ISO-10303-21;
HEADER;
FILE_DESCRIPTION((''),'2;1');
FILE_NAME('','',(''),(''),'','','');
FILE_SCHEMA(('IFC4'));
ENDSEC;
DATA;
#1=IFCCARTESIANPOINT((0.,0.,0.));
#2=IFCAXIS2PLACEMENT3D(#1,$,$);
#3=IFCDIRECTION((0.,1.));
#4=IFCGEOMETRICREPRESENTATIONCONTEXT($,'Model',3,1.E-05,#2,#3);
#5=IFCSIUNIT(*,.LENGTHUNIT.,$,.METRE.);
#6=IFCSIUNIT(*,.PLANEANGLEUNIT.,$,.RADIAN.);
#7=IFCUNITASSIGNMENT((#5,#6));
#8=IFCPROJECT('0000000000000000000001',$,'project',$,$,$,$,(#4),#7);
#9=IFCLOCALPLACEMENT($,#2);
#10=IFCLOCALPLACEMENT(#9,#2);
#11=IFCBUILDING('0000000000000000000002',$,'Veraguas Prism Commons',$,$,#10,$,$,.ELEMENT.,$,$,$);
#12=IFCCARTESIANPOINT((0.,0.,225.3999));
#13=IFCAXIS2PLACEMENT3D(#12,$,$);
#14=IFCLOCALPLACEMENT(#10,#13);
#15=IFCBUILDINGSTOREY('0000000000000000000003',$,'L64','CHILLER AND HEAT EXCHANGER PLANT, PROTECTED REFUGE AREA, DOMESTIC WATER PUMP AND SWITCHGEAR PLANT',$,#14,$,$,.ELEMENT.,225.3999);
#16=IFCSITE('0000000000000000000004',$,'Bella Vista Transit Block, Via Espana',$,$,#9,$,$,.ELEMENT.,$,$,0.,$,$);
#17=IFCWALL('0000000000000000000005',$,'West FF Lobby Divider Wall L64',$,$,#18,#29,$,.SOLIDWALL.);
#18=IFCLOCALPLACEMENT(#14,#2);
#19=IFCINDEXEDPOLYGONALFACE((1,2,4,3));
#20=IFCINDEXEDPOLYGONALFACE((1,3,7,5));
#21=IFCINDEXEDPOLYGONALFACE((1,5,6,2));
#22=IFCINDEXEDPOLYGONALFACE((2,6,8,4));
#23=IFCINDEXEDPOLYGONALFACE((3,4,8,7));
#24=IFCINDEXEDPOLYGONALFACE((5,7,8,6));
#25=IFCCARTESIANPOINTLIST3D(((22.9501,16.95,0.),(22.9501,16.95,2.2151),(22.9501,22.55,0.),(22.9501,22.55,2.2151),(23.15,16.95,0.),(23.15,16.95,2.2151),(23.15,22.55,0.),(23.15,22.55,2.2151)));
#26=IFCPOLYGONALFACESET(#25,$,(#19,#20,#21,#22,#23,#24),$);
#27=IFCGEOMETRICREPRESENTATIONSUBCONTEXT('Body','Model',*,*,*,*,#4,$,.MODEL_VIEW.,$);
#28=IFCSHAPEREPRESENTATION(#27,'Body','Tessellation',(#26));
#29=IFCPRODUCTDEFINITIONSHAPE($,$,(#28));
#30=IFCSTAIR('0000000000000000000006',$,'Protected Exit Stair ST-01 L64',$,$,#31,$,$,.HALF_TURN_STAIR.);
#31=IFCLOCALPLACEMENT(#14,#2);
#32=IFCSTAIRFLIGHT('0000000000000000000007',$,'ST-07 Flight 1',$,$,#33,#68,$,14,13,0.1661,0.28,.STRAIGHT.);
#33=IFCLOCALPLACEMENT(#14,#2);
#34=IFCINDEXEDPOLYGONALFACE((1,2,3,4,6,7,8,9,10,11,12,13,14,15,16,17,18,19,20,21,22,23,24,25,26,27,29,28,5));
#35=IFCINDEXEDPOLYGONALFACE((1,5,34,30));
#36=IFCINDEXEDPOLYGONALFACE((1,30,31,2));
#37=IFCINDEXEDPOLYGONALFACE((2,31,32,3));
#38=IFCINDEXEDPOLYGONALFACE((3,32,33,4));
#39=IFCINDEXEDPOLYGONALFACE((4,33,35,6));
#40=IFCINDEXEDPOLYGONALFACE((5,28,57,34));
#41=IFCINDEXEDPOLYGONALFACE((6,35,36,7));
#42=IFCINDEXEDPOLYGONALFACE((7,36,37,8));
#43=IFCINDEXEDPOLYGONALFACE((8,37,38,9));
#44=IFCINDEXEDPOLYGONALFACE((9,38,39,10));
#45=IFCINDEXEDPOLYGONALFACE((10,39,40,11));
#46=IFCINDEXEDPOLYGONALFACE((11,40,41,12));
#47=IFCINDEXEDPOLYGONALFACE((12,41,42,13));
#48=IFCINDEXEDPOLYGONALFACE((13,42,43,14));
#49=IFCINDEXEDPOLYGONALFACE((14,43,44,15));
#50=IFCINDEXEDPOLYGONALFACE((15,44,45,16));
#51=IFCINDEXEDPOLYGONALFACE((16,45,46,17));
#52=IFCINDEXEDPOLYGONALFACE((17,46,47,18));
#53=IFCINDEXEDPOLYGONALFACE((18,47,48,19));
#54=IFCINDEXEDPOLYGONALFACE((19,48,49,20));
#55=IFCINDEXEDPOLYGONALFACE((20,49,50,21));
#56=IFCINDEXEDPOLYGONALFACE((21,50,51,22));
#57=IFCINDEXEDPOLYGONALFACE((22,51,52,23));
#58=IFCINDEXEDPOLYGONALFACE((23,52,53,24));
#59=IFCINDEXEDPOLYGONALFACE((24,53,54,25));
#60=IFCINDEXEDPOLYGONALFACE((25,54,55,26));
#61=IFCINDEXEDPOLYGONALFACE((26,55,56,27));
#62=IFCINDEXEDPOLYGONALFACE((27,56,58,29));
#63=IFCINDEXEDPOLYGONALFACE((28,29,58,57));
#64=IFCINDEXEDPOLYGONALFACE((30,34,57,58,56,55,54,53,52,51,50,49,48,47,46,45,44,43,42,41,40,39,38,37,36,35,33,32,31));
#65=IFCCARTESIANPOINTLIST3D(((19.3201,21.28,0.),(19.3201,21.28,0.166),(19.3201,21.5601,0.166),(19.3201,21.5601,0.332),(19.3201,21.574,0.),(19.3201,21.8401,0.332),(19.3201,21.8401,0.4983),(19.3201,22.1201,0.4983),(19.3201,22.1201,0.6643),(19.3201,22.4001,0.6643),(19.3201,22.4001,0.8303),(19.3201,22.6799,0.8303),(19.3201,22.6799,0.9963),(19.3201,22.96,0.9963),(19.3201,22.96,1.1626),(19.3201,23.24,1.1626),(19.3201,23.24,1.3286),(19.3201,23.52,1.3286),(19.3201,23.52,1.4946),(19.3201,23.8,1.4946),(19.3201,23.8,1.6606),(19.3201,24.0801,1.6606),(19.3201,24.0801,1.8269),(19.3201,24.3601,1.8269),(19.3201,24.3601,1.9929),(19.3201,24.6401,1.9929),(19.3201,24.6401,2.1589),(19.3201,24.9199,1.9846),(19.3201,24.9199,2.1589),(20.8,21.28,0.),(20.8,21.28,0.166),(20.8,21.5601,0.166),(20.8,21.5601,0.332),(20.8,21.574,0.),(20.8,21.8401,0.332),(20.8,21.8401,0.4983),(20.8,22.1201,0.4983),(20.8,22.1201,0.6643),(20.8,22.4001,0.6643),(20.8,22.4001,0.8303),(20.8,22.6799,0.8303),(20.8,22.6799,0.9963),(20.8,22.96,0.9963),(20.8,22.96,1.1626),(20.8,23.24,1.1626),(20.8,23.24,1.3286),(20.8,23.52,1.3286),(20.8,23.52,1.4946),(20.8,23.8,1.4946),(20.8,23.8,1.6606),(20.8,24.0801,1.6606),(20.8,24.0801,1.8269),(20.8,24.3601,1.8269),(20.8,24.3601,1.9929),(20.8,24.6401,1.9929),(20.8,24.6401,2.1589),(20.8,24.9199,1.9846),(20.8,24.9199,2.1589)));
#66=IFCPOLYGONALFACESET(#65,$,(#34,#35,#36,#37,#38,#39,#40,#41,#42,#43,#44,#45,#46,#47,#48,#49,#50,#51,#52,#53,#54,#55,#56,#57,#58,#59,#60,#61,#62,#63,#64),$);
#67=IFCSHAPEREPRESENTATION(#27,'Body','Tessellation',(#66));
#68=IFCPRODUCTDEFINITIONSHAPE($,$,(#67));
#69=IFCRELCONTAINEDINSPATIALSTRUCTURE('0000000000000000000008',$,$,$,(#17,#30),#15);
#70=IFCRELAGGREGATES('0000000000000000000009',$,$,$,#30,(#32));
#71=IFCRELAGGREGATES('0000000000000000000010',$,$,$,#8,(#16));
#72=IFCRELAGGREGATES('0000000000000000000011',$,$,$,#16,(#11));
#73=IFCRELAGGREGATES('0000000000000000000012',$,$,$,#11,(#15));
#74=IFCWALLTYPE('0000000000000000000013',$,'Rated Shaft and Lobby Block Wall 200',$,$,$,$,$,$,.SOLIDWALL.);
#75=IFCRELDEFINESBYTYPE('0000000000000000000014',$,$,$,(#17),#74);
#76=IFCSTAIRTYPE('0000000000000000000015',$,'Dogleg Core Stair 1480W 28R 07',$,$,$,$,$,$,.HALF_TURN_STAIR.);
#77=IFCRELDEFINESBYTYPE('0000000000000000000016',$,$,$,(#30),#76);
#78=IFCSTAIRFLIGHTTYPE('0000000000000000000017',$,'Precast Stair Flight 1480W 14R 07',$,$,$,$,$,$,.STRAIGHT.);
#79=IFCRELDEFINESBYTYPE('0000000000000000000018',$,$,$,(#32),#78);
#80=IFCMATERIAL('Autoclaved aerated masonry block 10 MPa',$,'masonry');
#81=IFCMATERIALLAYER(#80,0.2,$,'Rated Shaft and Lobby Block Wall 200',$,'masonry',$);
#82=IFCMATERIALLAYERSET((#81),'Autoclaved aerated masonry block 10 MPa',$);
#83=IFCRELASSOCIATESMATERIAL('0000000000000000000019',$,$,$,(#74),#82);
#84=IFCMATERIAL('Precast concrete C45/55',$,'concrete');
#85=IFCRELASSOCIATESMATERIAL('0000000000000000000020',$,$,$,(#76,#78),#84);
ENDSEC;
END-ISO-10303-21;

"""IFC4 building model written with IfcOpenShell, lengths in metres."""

from ifc_helpers import new_model, si_unit, direction, frame, frame_2d, origin, place, context, subcontext, project, spatial, polyline, rectangle, outline, extrude, material, layer, layer_set, type_object, element, aggregate, save


model = new_model("IFC4")

# Units and contexts
model_context = context("Model", 3, precision=1e-05, world=origin(), true_north=direction((0.0, 1.0)))
body_context = subcontext(model_context, "Body", "Model", "MODEL_VIEW")
ifc_project = project(units=[si_unit("LENGTHUNIT", "METRE"), si_unit("PLANEANGLEUNIT", "RADIAN")], contexts=[model_context])

# Site, building, storey
site_placement = place(None, origin())
site = spatial("IfcSite", under=ifc_project, at=site_placement, Name="Bella Vista Transit Block, Via Espana", CompositionType="ELEMENT", RefElevation=0.0)
building_placement = place(site_placement, origin())
building = spatial("IfcBuilding", under=site, at=building_placement, Name="Veraguas Prism Commons", CompositionType="ELEMENT")
storey_placement = place(building_placement, frame((0.0, 0.0, 225.3999)))
storey = spatial("IfcBuildingStorey", under=building, at=storey_placement, Name="L64", Description="CHILLER AND HEAT EXCHANGER PLANT, PROTECTED REFUGE AREA, DOMESTIC WATER PUMP AND SWITCHGEAR PLANT", CompositionType="ELEMENT", Elevation=225.3999)

# Shared definitions
ifc_material_1 = material(Name="Autoclaved aerated masonry block 10 MPa", Category="masonry")
ifc_layer_1 = layer(ifc_material_1, 0.2, Name="Rated Shaft and Lobby Block Wall 200", Category="masonry")
ifc_layer_set_1 = layer_set([ifc_layer_1], Name="Autoclaved aerated masonry block 10 MPa")
wall_type_1 = type_object("IfcWallType", Name="Rated Shaft and Lobby Block Wall 200", PredefinedType="SOLIDWALL", material=ifc_layer_set_1)

# Wall
wall_1_placement = place(storey_placement, frame((23.05, 16.95, 0.0), z_axis=(0.0, 0.0, 1.0), x_axis=(0.0, 1.0, 0.0)))
element("IfcWall", 1, at=wall_1_placement, inside=storey, type_object=wall_type_1, Name="West FF Lobby Divider Wall L64", PredefinedType="SOLIDWALL", context=body_context, shape_type="SweptSolid", body=[
    extrude(rectangle(XDim=5.6001, YDim=0.2, at=frame_2d((2.8, 0.0))), origin(), (0.0, 0.0, 1.0), 2.2151),
])

# Stair, stair flight
ifc_material_2 = material(Name="Precast concrete C45/55", Category="concrete")
stair_type = type_object("IfcStairType", Name="Dogleg Core Stair 1480W 28R 07", PredefinedType="HALF_TURN_STAIR", material=ifc_material_2)
stair_placement = place(storey_placement, origin())
stair = element("IfcStair", 2, at=stair_placement, inside=storey, type_object=stair_type, Name="Protected Exit Stair ST-01 L64", PredefinedType="HALF_TURN_STAIR")
stair_flight_type = type_object("IfcStairFlightType", Name="Precast Stair Flight 1480W 14R 07", PredefinedType="STRAIGHT", material=ifc_material_2)
stair_flight_placement = place(storey_placement, frame((20.0601, 21.28, 0.0), z_axis=(0.0, 0.0, 1.0), x_axis=(0.0, 1.0, 0.0)))
stair_flight = element("IfcStairFlight", 3, at=stair_flight_placement, type_object=stair_flight_type, Name="ST-07 Flight 1", NumberOfRisers=14, NumberOfTreads=13, PredefinedType="STRAIGHT", RiserHeight=0.1661, TreadLength=0.28, context=body_context, shape_type="SweptSolid", body=[
    extrude(outline(polyline([(0.0, 0.0), (0.0, 0.166), (0.28, 0.166), (0.28, 0.332), (0.5601, 0.332), (0.5601, 0.4983), (0.8401, 0.4983), (0.8401, 0.6643), (1.1201, 0.6643), (1.1201, 0.8303), (1.3999, 0.8303), (1.3999, 0.9963), (1.6799, 0.9963), (1.6799, 1.1626), (1.96, 1.1626), (1.96, 1.3286), (2.24, 1.3286), (2.24, 1.4946), (2.52, 1.4946), (2.52, 1.6606), (2.8, 1.6606), (2.8, 1.8269), (3.0801, 1.8269), (3.0801, 1.9929), (3.3601, 1.9929), (3.3601, 2.1589), (3.6399, 2.1589), (3.6399, 2.325), (3.6399, 1.9846), (0.2939, 0.0), (0.0, 0.0)])), frame((0.0, 0.74, 0.0), z_axis=(0.0, -1.0, 0.0), x_axis=(1.0, 0.0, 0.0)), (0.0, 0.0, 1.0), 1.48),
])
aggregate(stair, [stair_flight])

save(model, "model.ifc")
